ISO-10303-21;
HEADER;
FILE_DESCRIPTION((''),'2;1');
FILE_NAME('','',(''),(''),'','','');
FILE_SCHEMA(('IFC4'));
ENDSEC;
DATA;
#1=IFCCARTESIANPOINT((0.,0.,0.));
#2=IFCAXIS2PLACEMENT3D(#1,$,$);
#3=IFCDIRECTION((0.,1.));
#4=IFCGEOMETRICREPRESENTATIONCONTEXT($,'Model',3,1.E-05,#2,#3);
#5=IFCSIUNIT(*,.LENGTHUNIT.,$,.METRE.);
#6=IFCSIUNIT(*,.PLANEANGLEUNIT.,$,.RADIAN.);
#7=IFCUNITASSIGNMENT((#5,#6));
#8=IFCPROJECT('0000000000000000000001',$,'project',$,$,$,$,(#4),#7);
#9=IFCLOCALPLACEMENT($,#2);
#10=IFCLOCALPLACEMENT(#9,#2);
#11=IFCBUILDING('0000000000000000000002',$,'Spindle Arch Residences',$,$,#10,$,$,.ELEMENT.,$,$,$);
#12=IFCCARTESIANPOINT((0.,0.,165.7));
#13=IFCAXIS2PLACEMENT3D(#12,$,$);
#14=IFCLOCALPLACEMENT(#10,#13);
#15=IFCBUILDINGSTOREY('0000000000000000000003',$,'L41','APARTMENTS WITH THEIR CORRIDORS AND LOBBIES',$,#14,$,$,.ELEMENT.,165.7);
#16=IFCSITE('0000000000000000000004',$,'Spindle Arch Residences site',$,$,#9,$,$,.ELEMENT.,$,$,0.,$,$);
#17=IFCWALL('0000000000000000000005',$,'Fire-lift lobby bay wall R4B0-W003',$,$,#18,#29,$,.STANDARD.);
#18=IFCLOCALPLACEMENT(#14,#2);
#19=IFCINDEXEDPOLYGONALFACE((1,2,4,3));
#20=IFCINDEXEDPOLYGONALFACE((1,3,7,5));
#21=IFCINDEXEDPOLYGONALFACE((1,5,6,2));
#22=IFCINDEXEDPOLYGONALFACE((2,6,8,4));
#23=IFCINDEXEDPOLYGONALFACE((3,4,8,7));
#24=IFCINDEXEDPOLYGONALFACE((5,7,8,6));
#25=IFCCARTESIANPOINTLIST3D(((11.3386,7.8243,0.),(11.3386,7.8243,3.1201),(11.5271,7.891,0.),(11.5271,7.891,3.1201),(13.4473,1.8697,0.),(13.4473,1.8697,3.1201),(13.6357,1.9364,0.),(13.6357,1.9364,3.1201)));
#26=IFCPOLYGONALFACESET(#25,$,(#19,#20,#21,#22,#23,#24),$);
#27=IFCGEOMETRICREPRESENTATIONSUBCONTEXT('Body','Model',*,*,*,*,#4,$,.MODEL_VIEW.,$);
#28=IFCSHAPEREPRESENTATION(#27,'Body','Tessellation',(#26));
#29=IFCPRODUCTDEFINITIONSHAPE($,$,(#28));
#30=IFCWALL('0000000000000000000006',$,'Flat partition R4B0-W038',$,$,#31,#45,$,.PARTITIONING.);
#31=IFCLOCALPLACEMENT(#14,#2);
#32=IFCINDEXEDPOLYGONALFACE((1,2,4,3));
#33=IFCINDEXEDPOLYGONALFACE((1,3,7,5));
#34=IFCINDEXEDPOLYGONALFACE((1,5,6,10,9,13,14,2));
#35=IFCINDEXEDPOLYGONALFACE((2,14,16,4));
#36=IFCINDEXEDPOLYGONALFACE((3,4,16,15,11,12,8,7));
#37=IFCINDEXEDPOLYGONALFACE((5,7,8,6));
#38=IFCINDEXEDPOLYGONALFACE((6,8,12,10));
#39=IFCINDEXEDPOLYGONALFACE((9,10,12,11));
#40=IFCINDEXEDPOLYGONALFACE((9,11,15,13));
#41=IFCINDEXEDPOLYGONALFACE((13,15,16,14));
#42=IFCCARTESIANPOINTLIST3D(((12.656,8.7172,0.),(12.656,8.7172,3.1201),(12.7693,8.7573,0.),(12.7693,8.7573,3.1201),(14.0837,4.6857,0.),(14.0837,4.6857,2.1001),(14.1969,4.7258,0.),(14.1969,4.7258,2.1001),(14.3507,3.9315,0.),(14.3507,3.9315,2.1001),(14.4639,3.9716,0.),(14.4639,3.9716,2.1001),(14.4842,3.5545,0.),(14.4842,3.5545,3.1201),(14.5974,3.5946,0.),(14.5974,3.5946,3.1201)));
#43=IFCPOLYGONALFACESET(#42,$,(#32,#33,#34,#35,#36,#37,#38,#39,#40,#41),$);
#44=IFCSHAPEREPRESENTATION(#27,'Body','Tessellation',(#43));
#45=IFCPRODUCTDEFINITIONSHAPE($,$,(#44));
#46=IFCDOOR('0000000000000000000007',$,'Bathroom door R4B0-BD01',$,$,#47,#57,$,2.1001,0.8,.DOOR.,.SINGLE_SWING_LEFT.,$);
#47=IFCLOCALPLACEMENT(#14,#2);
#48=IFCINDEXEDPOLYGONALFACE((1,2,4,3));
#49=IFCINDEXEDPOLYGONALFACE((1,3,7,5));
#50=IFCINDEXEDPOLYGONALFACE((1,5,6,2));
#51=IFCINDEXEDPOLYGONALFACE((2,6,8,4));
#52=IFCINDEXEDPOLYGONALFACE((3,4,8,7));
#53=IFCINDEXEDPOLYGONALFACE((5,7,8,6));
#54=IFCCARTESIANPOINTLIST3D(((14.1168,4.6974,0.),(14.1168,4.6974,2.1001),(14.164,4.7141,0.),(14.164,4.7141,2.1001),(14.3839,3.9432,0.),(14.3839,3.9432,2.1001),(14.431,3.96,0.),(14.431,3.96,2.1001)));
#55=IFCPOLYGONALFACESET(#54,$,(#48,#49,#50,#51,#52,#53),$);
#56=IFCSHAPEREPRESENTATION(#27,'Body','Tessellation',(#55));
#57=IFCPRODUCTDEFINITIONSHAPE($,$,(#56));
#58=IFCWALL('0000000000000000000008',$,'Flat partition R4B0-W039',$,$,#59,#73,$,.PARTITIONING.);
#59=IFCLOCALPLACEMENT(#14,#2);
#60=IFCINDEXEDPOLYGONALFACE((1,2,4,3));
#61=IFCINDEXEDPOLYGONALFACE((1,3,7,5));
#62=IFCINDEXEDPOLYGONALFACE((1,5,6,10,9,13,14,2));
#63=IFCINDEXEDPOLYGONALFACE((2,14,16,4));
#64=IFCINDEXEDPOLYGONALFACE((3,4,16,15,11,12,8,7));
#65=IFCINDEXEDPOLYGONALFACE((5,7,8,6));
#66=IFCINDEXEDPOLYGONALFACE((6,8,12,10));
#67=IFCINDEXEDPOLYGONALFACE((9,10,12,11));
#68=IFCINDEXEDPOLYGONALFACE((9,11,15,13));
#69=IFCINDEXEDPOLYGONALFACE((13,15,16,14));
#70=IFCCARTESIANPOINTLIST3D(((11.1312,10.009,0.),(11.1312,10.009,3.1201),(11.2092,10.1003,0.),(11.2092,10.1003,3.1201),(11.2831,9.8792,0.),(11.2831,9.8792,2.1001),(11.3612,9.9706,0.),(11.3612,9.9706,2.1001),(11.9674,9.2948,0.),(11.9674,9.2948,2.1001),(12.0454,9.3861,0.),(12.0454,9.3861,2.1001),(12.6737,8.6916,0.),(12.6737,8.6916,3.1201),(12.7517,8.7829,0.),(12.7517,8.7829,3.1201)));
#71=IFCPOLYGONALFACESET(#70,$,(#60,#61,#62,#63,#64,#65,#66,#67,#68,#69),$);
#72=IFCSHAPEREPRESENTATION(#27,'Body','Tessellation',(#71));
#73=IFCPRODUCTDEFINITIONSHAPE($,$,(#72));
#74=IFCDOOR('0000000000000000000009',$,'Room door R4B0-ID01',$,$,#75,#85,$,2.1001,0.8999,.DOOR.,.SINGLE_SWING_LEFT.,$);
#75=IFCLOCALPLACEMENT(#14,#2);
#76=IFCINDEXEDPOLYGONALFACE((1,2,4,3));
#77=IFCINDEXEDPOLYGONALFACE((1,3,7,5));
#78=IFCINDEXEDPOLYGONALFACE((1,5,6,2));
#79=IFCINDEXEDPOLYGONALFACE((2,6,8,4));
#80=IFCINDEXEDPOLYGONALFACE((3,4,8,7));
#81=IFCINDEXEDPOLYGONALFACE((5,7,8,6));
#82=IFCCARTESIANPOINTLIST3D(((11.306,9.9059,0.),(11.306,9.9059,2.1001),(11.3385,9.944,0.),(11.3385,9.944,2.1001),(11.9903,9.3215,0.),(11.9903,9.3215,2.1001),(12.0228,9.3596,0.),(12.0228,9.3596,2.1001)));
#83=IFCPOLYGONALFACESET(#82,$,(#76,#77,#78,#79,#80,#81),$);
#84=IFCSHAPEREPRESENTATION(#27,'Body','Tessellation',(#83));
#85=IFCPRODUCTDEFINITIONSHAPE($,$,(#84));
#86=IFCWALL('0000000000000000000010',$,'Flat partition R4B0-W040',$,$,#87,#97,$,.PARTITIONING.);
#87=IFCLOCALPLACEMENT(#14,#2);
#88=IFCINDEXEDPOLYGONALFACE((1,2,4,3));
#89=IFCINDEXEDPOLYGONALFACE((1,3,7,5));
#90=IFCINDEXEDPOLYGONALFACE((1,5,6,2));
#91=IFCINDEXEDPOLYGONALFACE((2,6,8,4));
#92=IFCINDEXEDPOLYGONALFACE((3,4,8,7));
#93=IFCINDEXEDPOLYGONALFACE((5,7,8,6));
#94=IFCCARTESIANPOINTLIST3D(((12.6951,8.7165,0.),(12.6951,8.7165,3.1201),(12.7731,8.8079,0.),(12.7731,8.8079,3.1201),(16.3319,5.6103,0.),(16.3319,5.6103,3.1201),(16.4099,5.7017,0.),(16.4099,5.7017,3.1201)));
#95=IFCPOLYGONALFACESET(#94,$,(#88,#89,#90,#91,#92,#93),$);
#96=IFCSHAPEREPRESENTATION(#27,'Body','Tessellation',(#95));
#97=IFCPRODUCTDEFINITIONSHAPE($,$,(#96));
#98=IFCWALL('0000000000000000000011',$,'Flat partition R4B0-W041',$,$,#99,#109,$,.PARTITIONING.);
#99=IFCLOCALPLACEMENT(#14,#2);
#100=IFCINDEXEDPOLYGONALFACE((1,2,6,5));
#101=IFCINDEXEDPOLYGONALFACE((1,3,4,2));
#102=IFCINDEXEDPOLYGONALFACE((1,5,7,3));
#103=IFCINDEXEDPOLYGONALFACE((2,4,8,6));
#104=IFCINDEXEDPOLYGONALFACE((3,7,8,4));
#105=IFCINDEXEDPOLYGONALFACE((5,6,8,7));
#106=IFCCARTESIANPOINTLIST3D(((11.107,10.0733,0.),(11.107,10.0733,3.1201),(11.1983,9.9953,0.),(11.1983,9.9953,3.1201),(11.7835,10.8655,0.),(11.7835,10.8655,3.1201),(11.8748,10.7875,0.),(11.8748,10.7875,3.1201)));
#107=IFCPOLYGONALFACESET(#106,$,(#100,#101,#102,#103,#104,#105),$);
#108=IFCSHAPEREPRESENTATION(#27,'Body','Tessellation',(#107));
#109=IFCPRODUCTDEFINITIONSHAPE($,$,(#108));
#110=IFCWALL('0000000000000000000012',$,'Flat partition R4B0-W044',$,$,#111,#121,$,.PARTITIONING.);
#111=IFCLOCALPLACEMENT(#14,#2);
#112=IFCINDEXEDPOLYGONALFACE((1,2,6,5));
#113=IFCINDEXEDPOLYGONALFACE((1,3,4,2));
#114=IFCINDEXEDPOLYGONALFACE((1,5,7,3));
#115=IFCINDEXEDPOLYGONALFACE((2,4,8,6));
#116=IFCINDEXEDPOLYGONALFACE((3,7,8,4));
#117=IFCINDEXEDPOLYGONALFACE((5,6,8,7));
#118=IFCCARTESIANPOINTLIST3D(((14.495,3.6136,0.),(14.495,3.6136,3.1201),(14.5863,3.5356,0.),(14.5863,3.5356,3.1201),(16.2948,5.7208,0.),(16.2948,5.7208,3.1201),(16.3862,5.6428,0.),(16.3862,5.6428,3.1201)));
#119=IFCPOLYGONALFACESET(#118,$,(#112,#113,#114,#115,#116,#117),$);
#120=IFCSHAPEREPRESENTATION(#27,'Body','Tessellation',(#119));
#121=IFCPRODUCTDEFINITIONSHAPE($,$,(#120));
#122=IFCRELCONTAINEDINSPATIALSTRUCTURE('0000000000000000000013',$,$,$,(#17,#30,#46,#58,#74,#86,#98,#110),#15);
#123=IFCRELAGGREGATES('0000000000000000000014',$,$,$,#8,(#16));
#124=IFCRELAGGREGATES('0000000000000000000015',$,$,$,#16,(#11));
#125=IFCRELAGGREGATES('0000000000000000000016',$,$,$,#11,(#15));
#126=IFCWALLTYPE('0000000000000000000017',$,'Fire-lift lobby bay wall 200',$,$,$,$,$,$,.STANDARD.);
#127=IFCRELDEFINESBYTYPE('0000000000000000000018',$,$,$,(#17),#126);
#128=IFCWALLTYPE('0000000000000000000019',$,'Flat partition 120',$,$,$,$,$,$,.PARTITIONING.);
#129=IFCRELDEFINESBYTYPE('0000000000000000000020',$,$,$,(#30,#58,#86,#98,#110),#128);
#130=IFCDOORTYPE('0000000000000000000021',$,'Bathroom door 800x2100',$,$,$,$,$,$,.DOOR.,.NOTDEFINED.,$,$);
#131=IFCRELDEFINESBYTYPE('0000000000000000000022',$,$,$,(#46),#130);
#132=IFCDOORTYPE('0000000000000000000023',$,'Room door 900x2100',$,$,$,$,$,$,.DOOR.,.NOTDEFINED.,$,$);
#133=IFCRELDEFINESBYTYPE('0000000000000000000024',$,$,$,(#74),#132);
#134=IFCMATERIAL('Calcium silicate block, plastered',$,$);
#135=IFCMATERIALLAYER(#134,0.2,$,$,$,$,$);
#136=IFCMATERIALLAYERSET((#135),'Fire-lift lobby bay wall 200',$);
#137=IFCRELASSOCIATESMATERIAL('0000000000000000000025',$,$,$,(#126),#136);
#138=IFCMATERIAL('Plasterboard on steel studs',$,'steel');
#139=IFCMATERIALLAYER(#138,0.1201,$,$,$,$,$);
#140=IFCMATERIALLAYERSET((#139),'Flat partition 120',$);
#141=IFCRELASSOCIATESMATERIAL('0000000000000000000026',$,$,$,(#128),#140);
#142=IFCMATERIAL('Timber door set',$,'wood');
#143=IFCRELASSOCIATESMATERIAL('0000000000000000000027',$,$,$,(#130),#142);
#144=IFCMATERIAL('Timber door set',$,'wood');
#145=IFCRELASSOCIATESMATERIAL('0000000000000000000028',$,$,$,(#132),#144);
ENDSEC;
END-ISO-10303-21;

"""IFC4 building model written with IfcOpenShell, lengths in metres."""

from ifc_helpers import new_model, si_unit, direction, frame, frame_2d, origin, place, context, subcontext, project, spatial, rectangle, extrude, material, layer, layer_set, type_object, element, fill, save


model = new_model("IFC4")

# Units and contexts
model_context = context("Model", 3, precision=1e-05, world=origin(), true_north=direction((0.0, 1.0)))
body_context = subcontext(model_context, "Body", "Model", "MODEL_VIEW")
ifc_project = project(units=[si_unit("LENGTHUNIT", "METRE"), si_unit("PLANEANGLEUNIT", "RADIAN")], contexts=[model_context])

# Site, building, storey
site_placement = place(None, origin())
site = spatial("IfcSite", under=ifc_project, at=site_placement, Name="Spindle Arch Residences site", CompositionType="ELEMENT", RefElevation=0.0)
building_placement = place(site_placement, origin())
building = spatial("IfcBuilding", under=site, at=building_placement, Name="Spindle Arch Residences", CompositionType="ELEMENT")
storey_placement = place(building_placement, frame((0.0, 0.0, 165.7)))
storey = spatial("IfcBuildingStorey", under=building, at=storey_placement, Name="L41", Description="APARTMENTS WITH THEIR CORRIDORS AND LOBBIES", CompositionType="ELEMENT", Elevation=165.7)

# Shared definitions
ifc_material_1 = material(Name="Calcium silicate block, plastered")
ifc_layer_1 = layer(ifc_material_1, 0.2)
ifc_layer_set_1 = layer_set([ifc_layer_1], Name="Fire-lift lobby bay wall 200")
wall_type_1 = type_object("IfcWallType", Name="Fire-lift lobby bay wall 200", PredefinedType="STANDARD", material=ifc_layer_set_1)

# Wall
wall_1_placement = place(storey_placement, frame((13.5415, 1.9031, 0.0), z_axis=(0.0, 0.0, 1.0), x_axis=(-0.333809, 0.942641, 0.0)))
element("IfcWall", 1, at=wall_1_placement, inside=storey, type_object=wall_type_1, Name="Fire-lift lobby bay wall R4B0-W003", PredefinedType="STANDARD", context=body_context, shape_type="SweptSolid", body=[
    extrude(rectangle(XDim=6.3169, YDim=0.2, at=frame_2d((3.1584, 0.0))), origin(), (0.0, 0.0, 1.0), 3.1201),
])

# Walls, openings, doors
ifc_material_2 = material(Name="Plasterboard on steel studs", Category="steel")
ifc_layer_2 = layer(ifc_material_2, 0.1201)
ifc_layer_set_2 = layer_set([ifc_layer_2], Name="Flat partition 120")
wall_type_2 = type_object("IfcWallType", Name="Flat partition 120", PredefinedType="PARTITIONING", material=ifc_layer_set_2)
wall_2_placement = place(storey_placement, frame((14.5408, 3.5747, 0.0), z_axis=(0.0, 0.0, 1.0), x_axis=(-0.333799, 0.942644, 0.0)))
wall_2 = element("IfcWall", 2, at=wall_2_placement, inside=storey, type_object=wall_type_2, Name="Flat partition R4B0-W038", PredefinedType="PARTITIONING", context=body_context, shape_type="SweptSolid", body=[
    extrude(rectangle(XDim=5.4768, YDim=0.1201, at=frame_2d((2.7383, 0.0))), origin(), (0.0, 0.0, 1.0), 3.1201),
])
opening_1_placement = place(wall_2_placement, frame((0.3999, 0.0, 0.0)))
opening_1 = element("IfcOpeningElement", 3, at=opening_1_placement, cuts=wall_2, PredefinedType="OPENING", context=body_context, shape_type="SweptSolid", body=[
    extrude(rectangle(XDim=0.8, YDim=2.1001, at=frame_2d((0.3999, 1.05))), frame((0.0, 0.0701, 0.0), z_axis=(0.0, -1.0, 0.0), x_axis=(1.0, 0.0, 0.0)), (0.0, 0.0, 1.0), 0.1401),
])
ifc_material_3 = material(Name="Timber door set", Category="wood")
door_type_1 = type_object("IfcDoorType", Name="Bathroom door 800x2100", OperationType="NOTDEFINED", PredefinedType="DOOR", material=ifc_material_3)
door_1_placement = place(opening_1_placement, origin())
door_1 = element("IfcDoor", 4, at=door_1_placement, inside=storey, type_object=door_type_1, Name="Bathroom door R4B0-BD01", OperationType="SINGLE_SWING_LEFT", OverallHeight=2.1001, OverallWidth=0.8, PredefinedType="DOOR", context=body_context, shape_type="SweptSolid", body=[
    extrude(rectangle(XDim=0.8, YDim=2.1001, at=frame_2d((0.3999, 1.05))), frame((0.0, 0.0249, 0.0), z_axis=(0.0, -1.0, 0.0), x_axis=(1.0, 0.0, 0.0)), (0.0, 0.0, 1.0), 0.05),
])
fill(opening_1, door_1)
wall_3_placement = place(storey_placement, frame((12.7126, 8.7373, 0.0), z_axis=(0.0, 0.0, 1.0), x_axis=(-0.760411, 0.649442, 0.0)))
wall_3 = element("IfcWall", 5, at=wall_3_placement, inside=storey, type_object=wall_type_2, Name="Flat partition R4B0-W039", PredefinedType="PARTITIONING", context=body_context, shape_type="SweptSolid", body=[
    extrude(rectangle(XDim=2.0286, YDim=0.1201, at=frame_2d((1.0142, 0.0))), origin(), (0.0, 0.0, 1.0), 3.1201),
])
opening_2_placement = place(wall_3_placement, frame((0.9287, 0.0, 0.0)))
opening_2 = element("IfcOpeningElement", 6, at=opening_2_placement, cuts=wall_3, PredefinedType="OPENING", context=body_context, shape_type="SweptSolid", body=[
    extrude(rectangle(XDim=0.8999, YDim=2.1001, at=frame_2d((0.45, 1.05))), frame((0.0, 0.0701, 0.0), z_axis=(0.0, -1.0, 0.0), x_axis=(1.0, 0.0, 0.0)), (0.0, 0.0, 1.0), 0.1401),
])
ifc_material_4 = material(Name="Timber door set", Category="wood")
door_type_2 = type_object("IfcDoorType", Name="Room door 900x2100", OperationType="NOTDEFINED", PredefinedType="DOOR", material=ifc_material_4)
door_2_placement = place(opening_2_placement, origin())
door_2 = element("IfcDoor", 7, at=door_2_placement, inside=storey, type_object=door_type_2, Name="Room door R4B0-ID01", OperationType="SINGLE_SWING_LEFT", OverallHeight=2.1001, OverallWidth=0.8999, PredefinedType="DOOR", context=body_context, shape_type="SweptSolid", body=[
    extrude(rectangle(XDim=0.8999, YDim=2.1001, at=frame_2d((0.45, 1.05))), frame((0.0, 0.0249, 0.0), z_axis=(0.0, -1.0, 0.0), x_axis=(1.0, 0.0, 0.0)), (0.0, 0.0, 1.0), 0.05),
])
fill(opening_2, door_2)

# Walls
wall_4_placement = place(storey_placement, frame((12.7341, 8.7622, 0.0), z_axis=(0.0, 0.0, 1.0), x_axis=(0.76039, -0.649466, 0.0)))
element("IfcWall", 8, at=wall_4_placement, inside=storey, type_object=wall_type_2, Name="Flat partition R4B0-W040", PredefinedType="PARTITIONING", context=body_context, shape_type="SweptSolid", body=[
    extrude(rectangle(XDim=4.7827, YDim=0.1201, at=frame_2d((2.3914, 0.0))), origin(), (0.0, 0.0, 1.0), 3.1201),
])
wall_5_placement = place(storey_placement, frame((11.1526, 10.0342, 0.0), z_axis=(0.0, 0.0, 1.0), x_axis=(0.649381, 0.760463, 0.0)))
element("IfcWall", 9, at=wall_5_placement, inside=storey, type_object=wall_type_2, Name="Flat partition R4B0-W041", PredefinedType="PARTITIONING", context=body_context, shape_type="SweptSolid", body=[
    extrude(rectangle(XDim=1.0417, YDim=0.1201, at=frame_2d((0.521, 0.0))), origin(), (0.0, 0.0, 1.0), 3.1201),
])
wall_6_placement = place(storey_placement, frame((16.3406, 5.6819, 0.0), z_axis=(0.0, 0.0, 1.0), x_axis=(-0.64947, -0.760387, 0.0)))
element("IfcWall", 10, at=wall_6_placement, inside=storey, type_object=wall_type_2, Name="Flat partition R4B0-W044", PredefinedType="PARTITIONING", context=body_context, shape_type="SweptSolid", body=[
    extrude(rectangle(XDim=2.7712, YDim=0.1201, at=frame_2d((1.3857, 0.0))), origin(), (0.0, 0.0, 1.0), 3.1201),
])

save(model, "model.ifc")
